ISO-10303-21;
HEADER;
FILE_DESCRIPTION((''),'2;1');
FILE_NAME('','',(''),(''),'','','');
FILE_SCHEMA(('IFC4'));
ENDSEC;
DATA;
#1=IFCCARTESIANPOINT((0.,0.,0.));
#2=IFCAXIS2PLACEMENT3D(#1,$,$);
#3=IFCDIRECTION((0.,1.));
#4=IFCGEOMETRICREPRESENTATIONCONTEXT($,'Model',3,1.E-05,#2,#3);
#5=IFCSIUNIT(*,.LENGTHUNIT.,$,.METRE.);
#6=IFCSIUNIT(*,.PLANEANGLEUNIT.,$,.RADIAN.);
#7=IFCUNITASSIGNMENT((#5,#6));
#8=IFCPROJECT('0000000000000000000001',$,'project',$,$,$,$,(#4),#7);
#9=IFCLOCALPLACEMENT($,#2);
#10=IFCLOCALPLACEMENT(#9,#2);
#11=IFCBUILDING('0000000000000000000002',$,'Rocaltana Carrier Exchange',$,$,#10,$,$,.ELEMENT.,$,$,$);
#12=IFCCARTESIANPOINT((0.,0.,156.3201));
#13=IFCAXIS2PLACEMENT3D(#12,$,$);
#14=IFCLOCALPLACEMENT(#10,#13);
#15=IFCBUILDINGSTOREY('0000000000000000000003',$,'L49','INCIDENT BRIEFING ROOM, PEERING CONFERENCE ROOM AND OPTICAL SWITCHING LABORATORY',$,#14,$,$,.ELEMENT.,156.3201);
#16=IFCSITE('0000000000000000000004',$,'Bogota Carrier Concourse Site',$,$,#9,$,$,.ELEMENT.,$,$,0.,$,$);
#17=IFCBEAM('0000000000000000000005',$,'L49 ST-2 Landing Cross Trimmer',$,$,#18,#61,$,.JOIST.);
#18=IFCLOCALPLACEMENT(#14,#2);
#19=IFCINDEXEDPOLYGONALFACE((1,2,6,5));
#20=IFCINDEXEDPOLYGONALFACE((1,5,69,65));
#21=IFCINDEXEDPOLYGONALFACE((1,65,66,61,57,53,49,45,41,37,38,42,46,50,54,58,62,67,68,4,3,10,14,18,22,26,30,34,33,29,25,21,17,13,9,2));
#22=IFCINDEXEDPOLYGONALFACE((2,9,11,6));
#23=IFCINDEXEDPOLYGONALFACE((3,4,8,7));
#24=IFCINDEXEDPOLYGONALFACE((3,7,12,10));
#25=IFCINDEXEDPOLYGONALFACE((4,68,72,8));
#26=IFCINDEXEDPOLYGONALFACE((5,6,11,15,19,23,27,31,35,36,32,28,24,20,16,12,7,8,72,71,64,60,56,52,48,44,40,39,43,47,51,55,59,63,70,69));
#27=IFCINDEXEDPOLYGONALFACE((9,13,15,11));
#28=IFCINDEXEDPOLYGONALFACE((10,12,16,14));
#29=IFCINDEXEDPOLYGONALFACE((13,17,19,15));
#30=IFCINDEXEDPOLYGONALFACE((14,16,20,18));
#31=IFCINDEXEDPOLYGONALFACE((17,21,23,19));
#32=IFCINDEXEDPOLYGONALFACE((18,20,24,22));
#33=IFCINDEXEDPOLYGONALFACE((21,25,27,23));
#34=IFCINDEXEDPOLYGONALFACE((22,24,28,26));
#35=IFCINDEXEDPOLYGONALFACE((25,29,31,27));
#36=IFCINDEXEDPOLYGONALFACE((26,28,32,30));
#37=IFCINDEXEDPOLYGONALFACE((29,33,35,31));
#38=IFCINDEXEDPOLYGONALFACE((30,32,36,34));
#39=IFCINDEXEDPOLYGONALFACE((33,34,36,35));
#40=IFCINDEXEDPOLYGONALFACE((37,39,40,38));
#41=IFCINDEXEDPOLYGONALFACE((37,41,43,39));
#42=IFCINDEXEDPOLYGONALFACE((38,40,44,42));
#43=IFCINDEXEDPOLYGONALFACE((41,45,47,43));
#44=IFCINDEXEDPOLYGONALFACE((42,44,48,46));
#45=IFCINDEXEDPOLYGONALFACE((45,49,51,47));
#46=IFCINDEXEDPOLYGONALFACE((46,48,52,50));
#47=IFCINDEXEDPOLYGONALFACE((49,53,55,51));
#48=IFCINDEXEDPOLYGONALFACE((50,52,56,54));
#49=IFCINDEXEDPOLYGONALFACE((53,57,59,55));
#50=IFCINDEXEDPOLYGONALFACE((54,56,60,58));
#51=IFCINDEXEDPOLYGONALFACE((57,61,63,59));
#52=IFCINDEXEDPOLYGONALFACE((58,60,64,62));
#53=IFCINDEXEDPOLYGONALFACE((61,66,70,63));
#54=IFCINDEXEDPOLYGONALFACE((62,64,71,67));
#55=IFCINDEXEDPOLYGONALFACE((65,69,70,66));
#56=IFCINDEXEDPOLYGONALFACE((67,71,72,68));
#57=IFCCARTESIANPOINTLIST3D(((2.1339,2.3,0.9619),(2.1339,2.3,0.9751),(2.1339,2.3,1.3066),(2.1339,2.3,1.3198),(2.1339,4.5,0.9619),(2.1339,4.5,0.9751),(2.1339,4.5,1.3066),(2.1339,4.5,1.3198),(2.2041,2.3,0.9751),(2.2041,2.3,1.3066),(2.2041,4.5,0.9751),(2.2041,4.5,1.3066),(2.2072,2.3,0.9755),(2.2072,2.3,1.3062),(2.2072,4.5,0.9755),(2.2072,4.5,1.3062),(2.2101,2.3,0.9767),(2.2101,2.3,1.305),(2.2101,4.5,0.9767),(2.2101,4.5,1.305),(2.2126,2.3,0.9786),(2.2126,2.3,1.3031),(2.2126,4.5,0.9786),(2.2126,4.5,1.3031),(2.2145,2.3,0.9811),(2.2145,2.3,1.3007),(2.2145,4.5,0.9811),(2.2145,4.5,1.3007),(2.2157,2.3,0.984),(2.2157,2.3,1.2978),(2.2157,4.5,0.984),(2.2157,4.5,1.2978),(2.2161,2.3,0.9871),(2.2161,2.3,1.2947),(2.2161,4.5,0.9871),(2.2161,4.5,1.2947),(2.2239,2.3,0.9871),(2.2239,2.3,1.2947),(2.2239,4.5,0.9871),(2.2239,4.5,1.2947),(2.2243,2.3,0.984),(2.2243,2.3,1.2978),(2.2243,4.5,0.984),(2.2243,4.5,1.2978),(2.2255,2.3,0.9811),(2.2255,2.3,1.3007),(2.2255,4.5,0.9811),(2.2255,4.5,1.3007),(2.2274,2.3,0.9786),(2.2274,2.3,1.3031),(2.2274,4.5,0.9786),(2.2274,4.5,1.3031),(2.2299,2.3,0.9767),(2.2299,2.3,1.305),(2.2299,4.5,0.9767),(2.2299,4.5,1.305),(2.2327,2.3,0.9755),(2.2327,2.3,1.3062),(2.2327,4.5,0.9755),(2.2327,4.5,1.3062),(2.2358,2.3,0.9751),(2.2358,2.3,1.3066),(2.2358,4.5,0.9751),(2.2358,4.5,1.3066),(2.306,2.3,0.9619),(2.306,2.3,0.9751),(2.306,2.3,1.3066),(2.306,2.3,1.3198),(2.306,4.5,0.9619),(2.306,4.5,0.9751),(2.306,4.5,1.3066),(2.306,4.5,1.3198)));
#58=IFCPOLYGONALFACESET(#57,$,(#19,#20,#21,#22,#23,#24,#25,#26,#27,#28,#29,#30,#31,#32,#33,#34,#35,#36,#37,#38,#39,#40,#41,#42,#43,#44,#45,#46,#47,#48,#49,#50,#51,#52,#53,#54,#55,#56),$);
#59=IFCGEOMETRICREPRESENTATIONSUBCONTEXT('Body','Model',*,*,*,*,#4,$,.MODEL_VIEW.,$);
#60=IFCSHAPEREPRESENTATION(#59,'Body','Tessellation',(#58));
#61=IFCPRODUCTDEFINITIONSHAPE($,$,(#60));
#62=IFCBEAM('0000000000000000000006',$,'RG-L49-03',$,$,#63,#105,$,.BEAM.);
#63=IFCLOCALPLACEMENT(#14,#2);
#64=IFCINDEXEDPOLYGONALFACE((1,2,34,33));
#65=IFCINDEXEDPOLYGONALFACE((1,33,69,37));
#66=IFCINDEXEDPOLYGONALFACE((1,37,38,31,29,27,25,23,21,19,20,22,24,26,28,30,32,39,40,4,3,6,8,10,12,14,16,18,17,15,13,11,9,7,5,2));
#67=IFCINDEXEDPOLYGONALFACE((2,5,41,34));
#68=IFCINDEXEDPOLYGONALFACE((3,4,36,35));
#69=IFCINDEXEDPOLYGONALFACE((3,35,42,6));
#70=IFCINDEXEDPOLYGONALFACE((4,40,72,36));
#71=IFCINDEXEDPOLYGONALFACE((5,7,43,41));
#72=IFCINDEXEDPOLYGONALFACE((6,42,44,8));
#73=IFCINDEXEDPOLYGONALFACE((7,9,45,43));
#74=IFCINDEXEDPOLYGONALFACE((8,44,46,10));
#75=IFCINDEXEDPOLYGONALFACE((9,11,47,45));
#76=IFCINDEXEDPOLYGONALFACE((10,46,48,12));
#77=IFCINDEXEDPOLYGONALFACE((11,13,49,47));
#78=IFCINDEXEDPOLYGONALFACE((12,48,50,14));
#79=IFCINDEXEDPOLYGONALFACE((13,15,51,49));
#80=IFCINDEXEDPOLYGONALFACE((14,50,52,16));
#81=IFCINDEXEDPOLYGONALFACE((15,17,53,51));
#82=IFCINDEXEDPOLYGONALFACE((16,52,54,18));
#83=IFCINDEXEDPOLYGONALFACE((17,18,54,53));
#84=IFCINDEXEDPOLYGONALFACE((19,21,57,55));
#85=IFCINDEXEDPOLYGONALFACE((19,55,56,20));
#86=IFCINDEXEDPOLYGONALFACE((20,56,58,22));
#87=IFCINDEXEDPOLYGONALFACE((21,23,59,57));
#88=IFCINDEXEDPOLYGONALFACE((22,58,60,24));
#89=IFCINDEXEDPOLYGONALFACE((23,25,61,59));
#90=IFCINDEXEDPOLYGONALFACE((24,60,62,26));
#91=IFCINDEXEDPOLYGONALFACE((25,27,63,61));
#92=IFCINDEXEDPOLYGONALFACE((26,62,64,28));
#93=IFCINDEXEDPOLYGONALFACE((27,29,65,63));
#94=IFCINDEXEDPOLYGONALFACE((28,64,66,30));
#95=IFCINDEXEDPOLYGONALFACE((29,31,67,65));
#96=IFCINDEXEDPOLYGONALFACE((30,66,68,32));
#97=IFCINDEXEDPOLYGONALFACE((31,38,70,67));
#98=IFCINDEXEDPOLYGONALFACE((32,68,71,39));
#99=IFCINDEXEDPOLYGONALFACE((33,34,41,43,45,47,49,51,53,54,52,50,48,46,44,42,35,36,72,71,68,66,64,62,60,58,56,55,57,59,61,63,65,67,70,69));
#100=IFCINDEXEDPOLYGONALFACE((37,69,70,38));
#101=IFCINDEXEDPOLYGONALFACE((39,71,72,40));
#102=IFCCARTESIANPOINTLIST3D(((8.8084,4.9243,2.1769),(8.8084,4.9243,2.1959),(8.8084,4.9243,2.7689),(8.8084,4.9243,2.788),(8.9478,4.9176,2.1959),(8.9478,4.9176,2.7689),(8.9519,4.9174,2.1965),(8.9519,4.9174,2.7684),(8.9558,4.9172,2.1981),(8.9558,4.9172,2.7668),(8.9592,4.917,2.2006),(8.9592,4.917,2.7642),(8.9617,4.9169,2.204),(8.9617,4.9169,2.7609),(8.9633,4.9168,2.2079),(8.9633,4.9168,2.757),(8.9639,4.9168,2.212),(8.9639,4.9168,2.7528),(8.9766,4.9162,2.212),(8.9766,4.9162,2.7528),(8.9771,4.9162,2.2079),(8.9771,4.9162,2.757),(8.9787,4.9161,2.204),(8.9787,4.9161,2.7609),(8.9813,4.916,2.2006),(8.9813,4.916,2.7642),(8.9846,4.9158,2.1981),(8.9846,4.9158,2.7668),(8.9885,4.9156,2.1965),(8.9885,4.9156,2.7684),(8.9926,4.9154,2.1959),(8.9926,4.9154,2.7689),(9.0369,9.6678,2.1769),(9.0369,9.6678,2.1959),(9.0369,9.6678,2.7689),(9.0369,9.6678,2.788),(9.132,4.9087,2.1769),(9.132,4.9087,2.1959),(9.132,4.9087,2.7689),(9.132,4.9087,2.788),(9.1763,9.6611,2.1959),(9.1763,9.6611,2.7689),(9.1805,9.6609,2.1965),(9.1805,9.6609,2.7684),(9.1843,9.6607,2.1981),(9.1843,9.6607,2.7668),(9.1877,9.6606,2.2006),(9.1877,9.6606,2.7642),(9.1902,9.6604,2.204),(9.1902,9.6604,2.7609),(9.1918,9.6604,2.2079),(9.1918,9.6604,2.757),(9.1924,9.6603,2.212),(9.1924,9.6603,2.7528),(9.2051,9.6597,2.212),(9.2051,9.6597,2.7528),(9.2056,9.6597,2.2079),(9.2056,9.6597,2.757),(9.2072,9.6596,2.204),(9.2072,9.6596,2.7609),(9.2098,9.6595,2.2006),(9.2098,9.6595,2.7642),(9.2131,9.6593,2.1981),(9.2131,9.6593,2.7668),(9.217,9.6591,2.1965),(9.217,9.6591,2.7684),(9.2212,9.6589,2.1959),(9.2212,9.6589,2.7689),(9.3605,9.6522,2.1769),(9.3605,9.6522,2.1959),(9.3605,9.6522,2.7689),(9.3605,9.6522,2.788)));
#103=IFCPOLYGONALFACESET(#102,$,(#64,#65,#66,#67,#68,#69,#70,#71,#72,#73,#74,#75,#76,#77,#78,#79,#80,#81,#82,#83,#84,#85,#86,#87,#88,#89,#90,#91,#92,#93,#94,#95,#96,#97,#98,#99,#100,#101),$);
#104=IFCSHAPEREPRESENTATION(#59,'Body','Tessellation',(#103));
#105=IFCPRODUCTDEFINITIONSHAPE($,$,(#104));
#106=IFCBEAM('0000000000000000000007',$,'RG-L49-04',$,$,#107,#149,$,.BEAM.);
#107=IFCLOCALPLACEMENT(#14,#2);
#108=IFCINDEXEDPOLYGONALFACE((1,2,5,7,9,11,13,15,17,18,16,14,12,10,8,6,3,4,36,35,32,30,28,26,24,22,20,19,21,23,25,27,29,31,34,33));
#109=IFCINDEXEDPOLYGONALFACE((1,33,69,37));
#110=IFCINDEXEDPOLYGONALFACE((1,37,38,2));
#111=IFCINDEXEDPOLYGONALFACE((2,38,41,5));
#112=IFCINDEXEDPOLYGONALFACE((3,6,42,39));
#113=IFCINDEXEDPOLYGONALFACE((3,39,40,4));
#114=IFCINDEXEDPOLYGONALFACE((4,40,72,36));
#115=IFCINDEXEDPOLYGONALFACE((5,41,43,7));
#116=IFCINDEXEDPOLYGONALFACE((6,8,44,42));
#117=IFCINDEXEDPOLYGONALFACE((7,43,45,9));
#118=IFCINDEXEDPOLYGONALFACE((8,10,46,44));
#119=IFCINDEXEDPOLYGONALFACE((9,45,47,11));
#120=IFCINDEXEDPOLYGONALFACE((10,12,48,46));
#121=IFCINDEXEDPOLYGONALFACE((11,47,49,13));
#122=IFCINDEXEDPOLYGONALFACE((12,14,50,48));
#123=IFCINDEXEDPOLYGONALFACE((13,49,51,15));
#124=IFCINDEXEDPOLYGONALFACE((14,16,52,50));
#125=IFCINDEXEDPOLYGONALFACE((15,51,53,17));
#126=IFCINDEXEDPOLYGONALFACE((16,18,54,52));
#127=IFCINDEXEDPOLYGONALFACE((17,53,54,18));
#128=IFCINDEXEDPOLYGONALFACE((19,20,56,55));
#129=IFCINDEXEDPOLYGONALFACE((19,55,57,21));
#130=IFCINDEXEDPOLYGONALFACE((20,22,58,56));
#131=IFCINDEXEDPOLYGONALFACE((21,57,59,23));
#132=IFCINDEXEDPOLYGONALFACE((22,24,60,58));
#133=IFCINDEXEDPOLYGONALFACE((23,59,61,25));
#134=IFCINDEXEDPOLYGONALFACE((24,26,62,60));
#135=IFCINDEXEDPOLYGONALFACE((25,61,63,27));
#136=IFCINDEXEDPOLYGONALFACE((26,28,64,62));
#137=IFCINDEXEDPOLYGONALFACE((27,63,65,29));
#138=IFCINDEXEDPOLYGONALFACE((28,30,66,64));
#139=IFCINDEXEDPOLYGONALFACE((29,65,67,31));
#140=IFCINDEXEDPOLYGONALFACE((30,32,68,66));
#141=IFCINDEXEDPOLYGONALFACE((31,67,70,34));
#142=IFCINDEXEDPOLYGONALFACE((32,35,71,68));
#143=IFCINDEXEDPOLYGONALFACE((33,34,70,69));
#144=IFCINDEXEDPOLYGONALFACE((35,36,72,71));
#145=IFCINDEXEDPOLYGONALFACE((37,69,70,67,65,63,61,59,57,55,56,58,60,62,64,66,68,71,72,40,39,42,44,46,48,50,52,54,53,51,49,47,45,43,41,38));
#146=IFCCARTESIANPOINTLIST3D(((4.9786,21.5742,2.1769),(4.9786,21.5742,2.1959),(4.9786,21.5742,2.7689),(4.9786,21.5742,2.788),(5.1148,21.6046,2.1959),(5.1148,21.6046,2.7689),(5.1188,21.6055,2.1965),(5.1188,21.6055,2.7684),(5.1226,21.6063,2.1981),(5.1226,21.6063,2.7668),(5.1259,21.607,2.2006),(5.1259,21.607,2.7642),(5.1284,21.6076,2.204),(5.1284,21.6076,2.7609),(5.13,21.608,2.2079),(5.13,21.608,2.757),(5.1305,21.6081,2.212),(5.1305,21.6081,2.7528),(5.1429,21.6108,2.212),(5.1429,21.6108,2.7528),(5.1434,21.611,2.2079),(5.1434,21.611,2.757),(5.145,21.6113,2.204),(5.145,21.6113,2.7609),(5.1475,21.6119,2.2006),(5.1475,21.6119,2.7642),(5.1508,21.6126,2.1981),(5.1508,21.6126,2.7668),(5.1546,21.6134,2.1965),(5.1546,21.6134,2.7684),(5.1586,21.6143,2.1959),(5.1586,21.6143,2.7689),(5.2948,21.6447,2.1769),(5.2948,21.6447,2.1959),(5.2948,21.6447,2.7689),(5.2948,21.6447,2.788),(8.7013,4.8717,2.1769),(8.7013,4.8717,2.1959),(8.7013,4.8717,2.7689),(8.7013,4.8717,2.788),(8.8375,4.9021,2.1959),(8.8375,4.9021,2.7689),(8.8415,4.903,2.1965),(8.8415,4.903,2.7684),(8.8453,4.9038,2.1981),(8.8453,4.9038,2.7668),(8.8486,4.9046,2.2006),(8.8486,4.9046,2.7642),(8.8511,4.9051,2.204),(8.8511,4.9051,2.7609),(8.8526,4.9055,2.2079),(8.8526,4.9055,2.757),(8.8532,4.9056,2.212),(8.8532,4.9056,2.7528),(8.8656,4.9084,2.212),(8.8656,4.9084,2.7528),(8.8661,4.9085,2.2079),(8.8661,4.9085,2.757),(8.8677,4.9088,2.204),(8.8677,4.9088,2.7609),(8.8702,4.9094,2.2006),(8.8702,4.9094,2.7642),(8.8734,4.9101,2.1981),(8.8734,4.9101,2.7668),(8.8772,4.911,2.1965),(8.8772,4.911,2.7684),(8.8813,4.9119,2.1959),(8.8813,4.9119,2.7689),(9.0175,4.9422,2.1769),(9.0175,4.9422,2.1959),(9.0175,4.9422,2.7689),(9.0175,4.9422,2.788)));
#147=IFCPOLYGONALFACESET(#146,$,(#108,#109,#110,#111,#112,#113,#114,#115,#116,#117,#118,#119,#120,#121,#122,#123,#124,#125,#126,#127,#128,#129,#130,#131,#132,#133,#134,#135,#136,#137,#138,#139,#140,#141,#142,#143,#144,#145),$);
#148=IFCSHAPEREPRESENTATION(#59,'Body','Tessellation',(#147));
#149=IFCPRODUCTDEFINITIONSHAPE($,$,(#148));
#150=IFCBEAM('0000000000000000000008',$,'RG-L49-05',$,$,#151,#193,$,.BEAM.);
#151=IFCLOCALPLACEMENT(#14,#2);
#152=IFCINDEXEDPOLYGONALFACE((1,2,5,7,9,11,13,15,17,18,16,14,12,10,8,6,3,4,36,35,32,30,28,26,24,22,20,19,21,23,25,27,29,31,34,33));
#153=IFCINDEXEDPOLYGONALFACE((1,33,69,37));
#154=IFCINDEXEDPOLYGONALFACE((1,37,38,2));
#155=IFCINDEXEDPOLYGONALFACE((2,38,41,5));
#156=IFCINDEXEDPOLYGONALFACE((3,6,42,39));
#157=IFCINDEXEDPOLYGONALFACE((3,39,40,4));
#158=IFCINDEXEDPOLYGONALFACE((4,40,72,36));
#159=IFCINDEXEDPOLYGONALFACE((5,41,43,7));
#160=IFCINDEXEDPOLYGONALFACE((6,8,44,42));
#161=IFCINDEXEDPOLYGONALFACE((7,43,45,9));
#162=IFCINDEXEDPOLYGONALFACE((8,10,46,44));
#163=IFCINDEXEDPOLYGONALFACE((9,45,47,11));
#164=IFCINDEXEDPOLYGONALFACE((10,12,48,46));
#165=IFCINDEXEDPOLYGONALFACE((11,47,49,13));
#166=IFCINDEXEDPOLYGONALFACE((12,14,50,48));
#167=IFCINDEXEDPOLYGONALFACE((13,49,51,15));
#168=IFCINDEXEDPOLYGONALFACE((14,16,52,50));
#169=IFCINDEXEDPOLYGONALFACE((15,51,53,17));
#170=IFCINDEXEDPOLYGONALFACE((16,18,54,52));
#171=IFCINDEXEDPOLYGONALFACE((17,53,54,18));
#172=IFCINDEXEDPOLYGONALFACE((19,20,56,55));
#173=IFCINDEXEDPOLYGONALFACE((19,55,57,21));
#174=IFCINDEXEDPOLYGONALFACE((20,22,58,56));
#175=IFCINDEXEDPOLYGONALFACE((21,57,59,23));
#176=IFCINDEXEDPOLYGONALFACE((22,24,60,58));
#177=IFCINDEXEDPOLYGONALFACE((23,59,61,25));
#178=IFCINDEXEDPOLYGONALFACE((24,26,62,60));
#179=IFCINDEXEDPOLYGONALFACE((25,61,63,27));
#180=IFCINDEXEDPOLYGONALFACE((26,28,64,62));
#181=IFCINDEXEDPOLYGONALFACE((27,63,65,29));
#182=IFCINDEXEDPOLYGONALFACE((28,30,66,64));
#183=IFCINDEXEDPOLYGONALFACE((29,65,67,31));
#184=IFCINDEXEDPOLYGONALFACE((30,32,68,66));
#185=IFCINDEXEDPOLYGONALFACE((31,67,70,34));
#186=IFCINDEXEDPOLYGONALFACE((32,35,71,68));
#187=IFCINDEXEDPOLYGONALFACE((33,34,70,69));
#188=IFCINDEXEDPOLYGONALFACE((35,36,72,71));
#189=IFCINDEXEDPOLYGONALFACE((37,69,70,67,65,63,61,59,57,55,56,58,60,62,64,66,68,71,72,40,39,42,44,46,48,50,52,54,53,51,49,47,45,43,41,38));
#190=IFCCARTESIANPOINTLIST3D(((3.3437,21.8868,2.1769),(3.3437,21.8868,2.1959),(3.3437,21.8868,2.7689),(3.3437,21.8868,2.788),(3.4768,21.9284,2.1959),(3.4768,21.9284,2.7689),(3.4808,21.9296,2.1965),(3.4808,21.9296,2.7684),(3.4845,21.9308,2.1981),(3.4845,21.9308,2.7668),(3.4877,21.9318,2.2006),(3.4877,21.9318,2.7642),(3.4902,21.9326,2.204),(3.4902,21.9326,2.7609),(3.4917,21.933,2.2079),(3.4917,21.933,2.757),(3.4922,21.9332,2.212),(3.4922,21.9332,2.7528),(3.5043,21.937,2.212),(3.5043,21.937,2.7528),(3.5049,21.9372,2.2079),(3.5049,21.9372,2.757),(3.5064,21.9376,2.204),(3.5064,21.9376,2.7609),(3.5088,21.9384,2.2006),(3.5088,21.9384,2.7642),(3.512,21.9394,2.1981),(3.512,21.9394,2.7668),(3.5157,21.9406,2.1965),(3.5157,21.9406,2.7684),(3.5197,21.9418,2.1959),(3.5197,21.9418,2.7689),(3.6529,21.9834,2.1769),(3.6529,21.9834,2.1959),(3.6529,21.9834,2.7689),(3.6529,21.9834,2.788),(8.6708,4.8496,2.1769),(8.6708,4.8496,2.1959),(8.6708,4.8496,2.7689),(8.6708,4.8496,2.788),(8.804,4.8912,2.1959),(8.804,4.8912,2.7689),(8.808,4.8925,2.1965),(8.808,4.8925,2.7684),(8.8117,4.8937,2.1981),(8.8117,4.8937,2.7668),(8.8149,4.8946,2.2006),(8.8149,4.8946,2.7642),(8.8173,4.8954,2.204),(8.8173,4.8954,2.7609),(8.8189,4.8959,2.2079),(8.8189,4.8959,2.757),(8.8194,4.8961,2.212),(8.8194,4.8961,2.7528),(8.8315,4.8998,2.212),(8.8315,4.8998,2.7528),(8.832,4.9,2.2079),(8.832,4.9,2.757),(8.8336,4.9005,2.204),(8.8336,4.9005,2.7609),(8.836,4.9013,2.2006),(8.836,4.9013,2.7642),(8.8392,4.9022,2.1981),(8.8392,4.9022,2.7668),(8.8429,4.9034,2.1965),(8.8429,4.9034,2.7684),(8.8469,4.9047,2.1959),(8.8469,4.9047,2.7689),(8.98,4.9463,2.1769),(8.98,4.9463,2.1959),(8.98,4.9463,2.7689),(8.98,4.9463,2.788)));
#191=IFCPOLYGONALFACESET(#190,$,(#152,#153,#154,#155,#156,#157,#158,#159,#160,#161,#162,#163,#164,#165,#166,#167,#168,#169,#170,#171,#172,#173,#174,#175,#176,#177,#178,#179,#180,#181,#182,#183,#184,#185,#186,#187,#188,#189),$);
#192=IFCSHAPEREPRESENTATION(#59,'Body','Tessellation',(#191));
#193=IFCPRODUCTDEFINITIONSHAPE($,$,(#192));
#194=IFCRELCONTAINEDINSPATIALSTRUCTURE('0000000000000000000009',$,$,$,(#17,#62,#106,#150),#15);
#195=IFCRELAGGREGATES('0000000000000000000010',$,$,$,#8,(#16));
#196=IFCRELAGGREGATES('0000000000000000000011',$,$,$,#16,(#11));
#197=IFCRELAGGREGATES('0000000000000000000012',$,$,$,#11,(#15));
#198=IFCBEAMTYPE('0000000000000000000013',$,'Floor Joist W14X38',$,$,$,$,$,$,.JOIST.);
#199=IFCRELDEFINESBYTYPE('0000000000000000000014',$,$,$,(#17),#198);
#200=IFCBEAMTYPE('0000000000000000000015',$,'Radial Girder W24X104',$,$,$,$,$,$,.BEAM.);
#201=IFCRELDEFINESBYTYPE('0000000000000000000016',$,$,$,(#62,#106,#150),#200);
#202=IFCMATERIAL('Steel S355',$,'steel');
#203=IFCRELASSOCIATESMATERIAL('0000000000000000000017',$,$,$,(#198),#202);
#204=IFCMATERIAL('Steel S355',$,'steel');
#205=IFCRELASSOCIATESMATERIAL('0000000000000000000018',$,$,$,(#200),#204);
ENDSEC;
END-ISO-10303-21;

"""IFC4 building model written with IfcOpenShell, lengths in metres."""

from ifc_helpers import new_model, si_unit, direction, frame, origin, origin_2d, place, context, subcontext, project, spatial, i_section, extrude, material, material_profile, profile_set, type_object, element, save


model = new_model("IFC4")

# Units and contexts
model_context = context("Model", 3, precision=1e-05, world=origin(), true_north=direction((0.0, 1.0)))
body_context = subcontext(model_context, "Body", "Model", "MODEL_VIEW")
ifc_project = project(units=[si_unit("LENGTHUNIT", "METRE"), si_unit("PLANEANGLEUNIT", "RADIAN")], contexts=[model_context])

# Site, building, storey
site_placement = place(None, origin())
site = spatial("IfcSite", under=ifc_project, at=site_placement, Name="Bogota Carrier Concourse Site", CompositionType="ELEMENT", RefElevation=0.0)
building_placement = place(site_placement, origin())
building = spatial("IfcBuilding", under=site, at=building_placement, Name="Rocaltana Carrier Exchange", CompositionType="ELEMENT")
storey_placement = place(building_placement, frame((0.0, 0.0, 156.3201)))
storey = spatial("IfcBuildingStorey", under=building, at=storey_placement, Name="L49", Description="INCIDENT BRIEFING ROOM, PEERING CONFERENCE ROOM AND OPTICAL SWITCHING LABORATORY", CompositionType="ELEMENT", Elevation=156.3201)

# Beams
ifc_material_1 = material(Name="Steel S355", Category="steel")
ifc_material_profile_1 = material_profile(ifc_material_1, i_section(OverallWidth=0.1721, OverallDepth=0.3579, WebThickness=0.0078, FlangeThickness=0.0132, FilletRadius=0.012, at=origin_2d()), Name="W14X38")
ifc_profile_set_1 = profile_set([ifc_material_profile_1], Name="Steel S355")
beam_type_1 = type_object("IfcBeamType", Name="Floor Joist W14X38", PredefinedType="JOIST", material=ifc_profile_set_1)
beam_1_placement = place(storey_placement, frame((2.22, 2.3, 1.1409), z_axis=(0.0, 1.0, 0.0), x_axis=(-1.0, 0.0, 0.0)))
element("IfcBeam", 1, at=beam_1_placement, inside=storey, type_object=beam_type_1, Name="L49 ST-2 Landing Cross Trimmer", PredefinedType="JOIST", context=body_context, shape_type="SweptSolid", body=[
    extrude(i_section(OverallWidth=0.1721, OverallDepth=0.3579, WebThickness=0.0078, FlangeThickness=0.0132, FilletRadius=0.012, at=origin_2d()), origin(), (0.0, 0.0, 1.0), 2.2),
])
ifc_material_2 = material(Name="Steel S355", Category="steel")
ifc_material_profile_2 = material_profile(ifc_material_2, i_section(OverallWidth=0.324, OverallDepth=0.6111, WebThickness=0.0127, FlangeThickness=0.019, FilletRadius=0.0161, at=origin_2d()), Name="W24X104")
ifc_profile_set_2 = profile_set([ifc_material_profile_2], Name="Steel S355")
beam_type_2 = type_object("IfcBeamType", Name="Radial Girder W24X104", PredefinedType="BEAM", material=ifc_profile_set_2)
beam_2_placement = place(storey_placement, frame((8.9702, 4.9165, 2.4824), z_axis=(0.04812, 0.998842, 0.0), x_axis=(-0.998842, 0.04812, 0.0)))
element("IfcBeam", 2, at=beam_2_placement, inside=storey, type_object=beam_type_2, Name="RG-L49-03", PredefinedType="BEAM", context=body_context, shape_type="SweptSolid", body=[
    extrude(i_section(OverallWidth=0.324, OverallDepth=0.6111, WebThickness=0.0127, FlangeThickness=0.019, FilletRadius=0.0161, at=origin_2d()), origin(), (0.0, 0.0, 1.0), 4.749),
])
beam_3_placement = place(storey_placement, frame((8.8594, 4.907, 2.4824), z_axis=(-0.217544, 0.976051, 0.0), x_axis=(-0.976051, -0.217544, 0.0)))
element("IfcBeam", 3, at=beam_3_placement, inside=storey, type_object=beam_type_2, Name="RG-L49-04", PredefinedType="BEAM", context=body_context, shape_type="SweptSolid", body=[
    extrude(i_section(OverallWidth=0.324, OverallDepth=0.6111, WebThickness=0.0127, FlangeThickness=0.019, FilletRadius=0.0161, at=origin_2d()), origin(), (0.0, 0.0, 1.0), 17.1123),
])
beam_4_placement = place(storey_placement, frame((8.8254, 4.8979, 2.4824), z_axis=(-0.298431, 0.954431, 0.0), x_axis=(-0.954431, -0.298431, 0.0)))
element("IfcBeam", 4, at=beam_4_placement, inside=storey, type_object=beam_type_2, Name="RG-L49-05", PredefinedType="BEAM", context=body_context, shape_type="SweptSolid", body=[
    extrude(i_section(OverallWidth=0.324, OverallDepth=0.6111, WebThickness=0.0127, FlangeThickness=0.019, FilletRadius=0.0161, at=origin_2d()), origin(), (0.0, 0.0, 1.0), 17.8506),
])

save(model, "model.ifc")
